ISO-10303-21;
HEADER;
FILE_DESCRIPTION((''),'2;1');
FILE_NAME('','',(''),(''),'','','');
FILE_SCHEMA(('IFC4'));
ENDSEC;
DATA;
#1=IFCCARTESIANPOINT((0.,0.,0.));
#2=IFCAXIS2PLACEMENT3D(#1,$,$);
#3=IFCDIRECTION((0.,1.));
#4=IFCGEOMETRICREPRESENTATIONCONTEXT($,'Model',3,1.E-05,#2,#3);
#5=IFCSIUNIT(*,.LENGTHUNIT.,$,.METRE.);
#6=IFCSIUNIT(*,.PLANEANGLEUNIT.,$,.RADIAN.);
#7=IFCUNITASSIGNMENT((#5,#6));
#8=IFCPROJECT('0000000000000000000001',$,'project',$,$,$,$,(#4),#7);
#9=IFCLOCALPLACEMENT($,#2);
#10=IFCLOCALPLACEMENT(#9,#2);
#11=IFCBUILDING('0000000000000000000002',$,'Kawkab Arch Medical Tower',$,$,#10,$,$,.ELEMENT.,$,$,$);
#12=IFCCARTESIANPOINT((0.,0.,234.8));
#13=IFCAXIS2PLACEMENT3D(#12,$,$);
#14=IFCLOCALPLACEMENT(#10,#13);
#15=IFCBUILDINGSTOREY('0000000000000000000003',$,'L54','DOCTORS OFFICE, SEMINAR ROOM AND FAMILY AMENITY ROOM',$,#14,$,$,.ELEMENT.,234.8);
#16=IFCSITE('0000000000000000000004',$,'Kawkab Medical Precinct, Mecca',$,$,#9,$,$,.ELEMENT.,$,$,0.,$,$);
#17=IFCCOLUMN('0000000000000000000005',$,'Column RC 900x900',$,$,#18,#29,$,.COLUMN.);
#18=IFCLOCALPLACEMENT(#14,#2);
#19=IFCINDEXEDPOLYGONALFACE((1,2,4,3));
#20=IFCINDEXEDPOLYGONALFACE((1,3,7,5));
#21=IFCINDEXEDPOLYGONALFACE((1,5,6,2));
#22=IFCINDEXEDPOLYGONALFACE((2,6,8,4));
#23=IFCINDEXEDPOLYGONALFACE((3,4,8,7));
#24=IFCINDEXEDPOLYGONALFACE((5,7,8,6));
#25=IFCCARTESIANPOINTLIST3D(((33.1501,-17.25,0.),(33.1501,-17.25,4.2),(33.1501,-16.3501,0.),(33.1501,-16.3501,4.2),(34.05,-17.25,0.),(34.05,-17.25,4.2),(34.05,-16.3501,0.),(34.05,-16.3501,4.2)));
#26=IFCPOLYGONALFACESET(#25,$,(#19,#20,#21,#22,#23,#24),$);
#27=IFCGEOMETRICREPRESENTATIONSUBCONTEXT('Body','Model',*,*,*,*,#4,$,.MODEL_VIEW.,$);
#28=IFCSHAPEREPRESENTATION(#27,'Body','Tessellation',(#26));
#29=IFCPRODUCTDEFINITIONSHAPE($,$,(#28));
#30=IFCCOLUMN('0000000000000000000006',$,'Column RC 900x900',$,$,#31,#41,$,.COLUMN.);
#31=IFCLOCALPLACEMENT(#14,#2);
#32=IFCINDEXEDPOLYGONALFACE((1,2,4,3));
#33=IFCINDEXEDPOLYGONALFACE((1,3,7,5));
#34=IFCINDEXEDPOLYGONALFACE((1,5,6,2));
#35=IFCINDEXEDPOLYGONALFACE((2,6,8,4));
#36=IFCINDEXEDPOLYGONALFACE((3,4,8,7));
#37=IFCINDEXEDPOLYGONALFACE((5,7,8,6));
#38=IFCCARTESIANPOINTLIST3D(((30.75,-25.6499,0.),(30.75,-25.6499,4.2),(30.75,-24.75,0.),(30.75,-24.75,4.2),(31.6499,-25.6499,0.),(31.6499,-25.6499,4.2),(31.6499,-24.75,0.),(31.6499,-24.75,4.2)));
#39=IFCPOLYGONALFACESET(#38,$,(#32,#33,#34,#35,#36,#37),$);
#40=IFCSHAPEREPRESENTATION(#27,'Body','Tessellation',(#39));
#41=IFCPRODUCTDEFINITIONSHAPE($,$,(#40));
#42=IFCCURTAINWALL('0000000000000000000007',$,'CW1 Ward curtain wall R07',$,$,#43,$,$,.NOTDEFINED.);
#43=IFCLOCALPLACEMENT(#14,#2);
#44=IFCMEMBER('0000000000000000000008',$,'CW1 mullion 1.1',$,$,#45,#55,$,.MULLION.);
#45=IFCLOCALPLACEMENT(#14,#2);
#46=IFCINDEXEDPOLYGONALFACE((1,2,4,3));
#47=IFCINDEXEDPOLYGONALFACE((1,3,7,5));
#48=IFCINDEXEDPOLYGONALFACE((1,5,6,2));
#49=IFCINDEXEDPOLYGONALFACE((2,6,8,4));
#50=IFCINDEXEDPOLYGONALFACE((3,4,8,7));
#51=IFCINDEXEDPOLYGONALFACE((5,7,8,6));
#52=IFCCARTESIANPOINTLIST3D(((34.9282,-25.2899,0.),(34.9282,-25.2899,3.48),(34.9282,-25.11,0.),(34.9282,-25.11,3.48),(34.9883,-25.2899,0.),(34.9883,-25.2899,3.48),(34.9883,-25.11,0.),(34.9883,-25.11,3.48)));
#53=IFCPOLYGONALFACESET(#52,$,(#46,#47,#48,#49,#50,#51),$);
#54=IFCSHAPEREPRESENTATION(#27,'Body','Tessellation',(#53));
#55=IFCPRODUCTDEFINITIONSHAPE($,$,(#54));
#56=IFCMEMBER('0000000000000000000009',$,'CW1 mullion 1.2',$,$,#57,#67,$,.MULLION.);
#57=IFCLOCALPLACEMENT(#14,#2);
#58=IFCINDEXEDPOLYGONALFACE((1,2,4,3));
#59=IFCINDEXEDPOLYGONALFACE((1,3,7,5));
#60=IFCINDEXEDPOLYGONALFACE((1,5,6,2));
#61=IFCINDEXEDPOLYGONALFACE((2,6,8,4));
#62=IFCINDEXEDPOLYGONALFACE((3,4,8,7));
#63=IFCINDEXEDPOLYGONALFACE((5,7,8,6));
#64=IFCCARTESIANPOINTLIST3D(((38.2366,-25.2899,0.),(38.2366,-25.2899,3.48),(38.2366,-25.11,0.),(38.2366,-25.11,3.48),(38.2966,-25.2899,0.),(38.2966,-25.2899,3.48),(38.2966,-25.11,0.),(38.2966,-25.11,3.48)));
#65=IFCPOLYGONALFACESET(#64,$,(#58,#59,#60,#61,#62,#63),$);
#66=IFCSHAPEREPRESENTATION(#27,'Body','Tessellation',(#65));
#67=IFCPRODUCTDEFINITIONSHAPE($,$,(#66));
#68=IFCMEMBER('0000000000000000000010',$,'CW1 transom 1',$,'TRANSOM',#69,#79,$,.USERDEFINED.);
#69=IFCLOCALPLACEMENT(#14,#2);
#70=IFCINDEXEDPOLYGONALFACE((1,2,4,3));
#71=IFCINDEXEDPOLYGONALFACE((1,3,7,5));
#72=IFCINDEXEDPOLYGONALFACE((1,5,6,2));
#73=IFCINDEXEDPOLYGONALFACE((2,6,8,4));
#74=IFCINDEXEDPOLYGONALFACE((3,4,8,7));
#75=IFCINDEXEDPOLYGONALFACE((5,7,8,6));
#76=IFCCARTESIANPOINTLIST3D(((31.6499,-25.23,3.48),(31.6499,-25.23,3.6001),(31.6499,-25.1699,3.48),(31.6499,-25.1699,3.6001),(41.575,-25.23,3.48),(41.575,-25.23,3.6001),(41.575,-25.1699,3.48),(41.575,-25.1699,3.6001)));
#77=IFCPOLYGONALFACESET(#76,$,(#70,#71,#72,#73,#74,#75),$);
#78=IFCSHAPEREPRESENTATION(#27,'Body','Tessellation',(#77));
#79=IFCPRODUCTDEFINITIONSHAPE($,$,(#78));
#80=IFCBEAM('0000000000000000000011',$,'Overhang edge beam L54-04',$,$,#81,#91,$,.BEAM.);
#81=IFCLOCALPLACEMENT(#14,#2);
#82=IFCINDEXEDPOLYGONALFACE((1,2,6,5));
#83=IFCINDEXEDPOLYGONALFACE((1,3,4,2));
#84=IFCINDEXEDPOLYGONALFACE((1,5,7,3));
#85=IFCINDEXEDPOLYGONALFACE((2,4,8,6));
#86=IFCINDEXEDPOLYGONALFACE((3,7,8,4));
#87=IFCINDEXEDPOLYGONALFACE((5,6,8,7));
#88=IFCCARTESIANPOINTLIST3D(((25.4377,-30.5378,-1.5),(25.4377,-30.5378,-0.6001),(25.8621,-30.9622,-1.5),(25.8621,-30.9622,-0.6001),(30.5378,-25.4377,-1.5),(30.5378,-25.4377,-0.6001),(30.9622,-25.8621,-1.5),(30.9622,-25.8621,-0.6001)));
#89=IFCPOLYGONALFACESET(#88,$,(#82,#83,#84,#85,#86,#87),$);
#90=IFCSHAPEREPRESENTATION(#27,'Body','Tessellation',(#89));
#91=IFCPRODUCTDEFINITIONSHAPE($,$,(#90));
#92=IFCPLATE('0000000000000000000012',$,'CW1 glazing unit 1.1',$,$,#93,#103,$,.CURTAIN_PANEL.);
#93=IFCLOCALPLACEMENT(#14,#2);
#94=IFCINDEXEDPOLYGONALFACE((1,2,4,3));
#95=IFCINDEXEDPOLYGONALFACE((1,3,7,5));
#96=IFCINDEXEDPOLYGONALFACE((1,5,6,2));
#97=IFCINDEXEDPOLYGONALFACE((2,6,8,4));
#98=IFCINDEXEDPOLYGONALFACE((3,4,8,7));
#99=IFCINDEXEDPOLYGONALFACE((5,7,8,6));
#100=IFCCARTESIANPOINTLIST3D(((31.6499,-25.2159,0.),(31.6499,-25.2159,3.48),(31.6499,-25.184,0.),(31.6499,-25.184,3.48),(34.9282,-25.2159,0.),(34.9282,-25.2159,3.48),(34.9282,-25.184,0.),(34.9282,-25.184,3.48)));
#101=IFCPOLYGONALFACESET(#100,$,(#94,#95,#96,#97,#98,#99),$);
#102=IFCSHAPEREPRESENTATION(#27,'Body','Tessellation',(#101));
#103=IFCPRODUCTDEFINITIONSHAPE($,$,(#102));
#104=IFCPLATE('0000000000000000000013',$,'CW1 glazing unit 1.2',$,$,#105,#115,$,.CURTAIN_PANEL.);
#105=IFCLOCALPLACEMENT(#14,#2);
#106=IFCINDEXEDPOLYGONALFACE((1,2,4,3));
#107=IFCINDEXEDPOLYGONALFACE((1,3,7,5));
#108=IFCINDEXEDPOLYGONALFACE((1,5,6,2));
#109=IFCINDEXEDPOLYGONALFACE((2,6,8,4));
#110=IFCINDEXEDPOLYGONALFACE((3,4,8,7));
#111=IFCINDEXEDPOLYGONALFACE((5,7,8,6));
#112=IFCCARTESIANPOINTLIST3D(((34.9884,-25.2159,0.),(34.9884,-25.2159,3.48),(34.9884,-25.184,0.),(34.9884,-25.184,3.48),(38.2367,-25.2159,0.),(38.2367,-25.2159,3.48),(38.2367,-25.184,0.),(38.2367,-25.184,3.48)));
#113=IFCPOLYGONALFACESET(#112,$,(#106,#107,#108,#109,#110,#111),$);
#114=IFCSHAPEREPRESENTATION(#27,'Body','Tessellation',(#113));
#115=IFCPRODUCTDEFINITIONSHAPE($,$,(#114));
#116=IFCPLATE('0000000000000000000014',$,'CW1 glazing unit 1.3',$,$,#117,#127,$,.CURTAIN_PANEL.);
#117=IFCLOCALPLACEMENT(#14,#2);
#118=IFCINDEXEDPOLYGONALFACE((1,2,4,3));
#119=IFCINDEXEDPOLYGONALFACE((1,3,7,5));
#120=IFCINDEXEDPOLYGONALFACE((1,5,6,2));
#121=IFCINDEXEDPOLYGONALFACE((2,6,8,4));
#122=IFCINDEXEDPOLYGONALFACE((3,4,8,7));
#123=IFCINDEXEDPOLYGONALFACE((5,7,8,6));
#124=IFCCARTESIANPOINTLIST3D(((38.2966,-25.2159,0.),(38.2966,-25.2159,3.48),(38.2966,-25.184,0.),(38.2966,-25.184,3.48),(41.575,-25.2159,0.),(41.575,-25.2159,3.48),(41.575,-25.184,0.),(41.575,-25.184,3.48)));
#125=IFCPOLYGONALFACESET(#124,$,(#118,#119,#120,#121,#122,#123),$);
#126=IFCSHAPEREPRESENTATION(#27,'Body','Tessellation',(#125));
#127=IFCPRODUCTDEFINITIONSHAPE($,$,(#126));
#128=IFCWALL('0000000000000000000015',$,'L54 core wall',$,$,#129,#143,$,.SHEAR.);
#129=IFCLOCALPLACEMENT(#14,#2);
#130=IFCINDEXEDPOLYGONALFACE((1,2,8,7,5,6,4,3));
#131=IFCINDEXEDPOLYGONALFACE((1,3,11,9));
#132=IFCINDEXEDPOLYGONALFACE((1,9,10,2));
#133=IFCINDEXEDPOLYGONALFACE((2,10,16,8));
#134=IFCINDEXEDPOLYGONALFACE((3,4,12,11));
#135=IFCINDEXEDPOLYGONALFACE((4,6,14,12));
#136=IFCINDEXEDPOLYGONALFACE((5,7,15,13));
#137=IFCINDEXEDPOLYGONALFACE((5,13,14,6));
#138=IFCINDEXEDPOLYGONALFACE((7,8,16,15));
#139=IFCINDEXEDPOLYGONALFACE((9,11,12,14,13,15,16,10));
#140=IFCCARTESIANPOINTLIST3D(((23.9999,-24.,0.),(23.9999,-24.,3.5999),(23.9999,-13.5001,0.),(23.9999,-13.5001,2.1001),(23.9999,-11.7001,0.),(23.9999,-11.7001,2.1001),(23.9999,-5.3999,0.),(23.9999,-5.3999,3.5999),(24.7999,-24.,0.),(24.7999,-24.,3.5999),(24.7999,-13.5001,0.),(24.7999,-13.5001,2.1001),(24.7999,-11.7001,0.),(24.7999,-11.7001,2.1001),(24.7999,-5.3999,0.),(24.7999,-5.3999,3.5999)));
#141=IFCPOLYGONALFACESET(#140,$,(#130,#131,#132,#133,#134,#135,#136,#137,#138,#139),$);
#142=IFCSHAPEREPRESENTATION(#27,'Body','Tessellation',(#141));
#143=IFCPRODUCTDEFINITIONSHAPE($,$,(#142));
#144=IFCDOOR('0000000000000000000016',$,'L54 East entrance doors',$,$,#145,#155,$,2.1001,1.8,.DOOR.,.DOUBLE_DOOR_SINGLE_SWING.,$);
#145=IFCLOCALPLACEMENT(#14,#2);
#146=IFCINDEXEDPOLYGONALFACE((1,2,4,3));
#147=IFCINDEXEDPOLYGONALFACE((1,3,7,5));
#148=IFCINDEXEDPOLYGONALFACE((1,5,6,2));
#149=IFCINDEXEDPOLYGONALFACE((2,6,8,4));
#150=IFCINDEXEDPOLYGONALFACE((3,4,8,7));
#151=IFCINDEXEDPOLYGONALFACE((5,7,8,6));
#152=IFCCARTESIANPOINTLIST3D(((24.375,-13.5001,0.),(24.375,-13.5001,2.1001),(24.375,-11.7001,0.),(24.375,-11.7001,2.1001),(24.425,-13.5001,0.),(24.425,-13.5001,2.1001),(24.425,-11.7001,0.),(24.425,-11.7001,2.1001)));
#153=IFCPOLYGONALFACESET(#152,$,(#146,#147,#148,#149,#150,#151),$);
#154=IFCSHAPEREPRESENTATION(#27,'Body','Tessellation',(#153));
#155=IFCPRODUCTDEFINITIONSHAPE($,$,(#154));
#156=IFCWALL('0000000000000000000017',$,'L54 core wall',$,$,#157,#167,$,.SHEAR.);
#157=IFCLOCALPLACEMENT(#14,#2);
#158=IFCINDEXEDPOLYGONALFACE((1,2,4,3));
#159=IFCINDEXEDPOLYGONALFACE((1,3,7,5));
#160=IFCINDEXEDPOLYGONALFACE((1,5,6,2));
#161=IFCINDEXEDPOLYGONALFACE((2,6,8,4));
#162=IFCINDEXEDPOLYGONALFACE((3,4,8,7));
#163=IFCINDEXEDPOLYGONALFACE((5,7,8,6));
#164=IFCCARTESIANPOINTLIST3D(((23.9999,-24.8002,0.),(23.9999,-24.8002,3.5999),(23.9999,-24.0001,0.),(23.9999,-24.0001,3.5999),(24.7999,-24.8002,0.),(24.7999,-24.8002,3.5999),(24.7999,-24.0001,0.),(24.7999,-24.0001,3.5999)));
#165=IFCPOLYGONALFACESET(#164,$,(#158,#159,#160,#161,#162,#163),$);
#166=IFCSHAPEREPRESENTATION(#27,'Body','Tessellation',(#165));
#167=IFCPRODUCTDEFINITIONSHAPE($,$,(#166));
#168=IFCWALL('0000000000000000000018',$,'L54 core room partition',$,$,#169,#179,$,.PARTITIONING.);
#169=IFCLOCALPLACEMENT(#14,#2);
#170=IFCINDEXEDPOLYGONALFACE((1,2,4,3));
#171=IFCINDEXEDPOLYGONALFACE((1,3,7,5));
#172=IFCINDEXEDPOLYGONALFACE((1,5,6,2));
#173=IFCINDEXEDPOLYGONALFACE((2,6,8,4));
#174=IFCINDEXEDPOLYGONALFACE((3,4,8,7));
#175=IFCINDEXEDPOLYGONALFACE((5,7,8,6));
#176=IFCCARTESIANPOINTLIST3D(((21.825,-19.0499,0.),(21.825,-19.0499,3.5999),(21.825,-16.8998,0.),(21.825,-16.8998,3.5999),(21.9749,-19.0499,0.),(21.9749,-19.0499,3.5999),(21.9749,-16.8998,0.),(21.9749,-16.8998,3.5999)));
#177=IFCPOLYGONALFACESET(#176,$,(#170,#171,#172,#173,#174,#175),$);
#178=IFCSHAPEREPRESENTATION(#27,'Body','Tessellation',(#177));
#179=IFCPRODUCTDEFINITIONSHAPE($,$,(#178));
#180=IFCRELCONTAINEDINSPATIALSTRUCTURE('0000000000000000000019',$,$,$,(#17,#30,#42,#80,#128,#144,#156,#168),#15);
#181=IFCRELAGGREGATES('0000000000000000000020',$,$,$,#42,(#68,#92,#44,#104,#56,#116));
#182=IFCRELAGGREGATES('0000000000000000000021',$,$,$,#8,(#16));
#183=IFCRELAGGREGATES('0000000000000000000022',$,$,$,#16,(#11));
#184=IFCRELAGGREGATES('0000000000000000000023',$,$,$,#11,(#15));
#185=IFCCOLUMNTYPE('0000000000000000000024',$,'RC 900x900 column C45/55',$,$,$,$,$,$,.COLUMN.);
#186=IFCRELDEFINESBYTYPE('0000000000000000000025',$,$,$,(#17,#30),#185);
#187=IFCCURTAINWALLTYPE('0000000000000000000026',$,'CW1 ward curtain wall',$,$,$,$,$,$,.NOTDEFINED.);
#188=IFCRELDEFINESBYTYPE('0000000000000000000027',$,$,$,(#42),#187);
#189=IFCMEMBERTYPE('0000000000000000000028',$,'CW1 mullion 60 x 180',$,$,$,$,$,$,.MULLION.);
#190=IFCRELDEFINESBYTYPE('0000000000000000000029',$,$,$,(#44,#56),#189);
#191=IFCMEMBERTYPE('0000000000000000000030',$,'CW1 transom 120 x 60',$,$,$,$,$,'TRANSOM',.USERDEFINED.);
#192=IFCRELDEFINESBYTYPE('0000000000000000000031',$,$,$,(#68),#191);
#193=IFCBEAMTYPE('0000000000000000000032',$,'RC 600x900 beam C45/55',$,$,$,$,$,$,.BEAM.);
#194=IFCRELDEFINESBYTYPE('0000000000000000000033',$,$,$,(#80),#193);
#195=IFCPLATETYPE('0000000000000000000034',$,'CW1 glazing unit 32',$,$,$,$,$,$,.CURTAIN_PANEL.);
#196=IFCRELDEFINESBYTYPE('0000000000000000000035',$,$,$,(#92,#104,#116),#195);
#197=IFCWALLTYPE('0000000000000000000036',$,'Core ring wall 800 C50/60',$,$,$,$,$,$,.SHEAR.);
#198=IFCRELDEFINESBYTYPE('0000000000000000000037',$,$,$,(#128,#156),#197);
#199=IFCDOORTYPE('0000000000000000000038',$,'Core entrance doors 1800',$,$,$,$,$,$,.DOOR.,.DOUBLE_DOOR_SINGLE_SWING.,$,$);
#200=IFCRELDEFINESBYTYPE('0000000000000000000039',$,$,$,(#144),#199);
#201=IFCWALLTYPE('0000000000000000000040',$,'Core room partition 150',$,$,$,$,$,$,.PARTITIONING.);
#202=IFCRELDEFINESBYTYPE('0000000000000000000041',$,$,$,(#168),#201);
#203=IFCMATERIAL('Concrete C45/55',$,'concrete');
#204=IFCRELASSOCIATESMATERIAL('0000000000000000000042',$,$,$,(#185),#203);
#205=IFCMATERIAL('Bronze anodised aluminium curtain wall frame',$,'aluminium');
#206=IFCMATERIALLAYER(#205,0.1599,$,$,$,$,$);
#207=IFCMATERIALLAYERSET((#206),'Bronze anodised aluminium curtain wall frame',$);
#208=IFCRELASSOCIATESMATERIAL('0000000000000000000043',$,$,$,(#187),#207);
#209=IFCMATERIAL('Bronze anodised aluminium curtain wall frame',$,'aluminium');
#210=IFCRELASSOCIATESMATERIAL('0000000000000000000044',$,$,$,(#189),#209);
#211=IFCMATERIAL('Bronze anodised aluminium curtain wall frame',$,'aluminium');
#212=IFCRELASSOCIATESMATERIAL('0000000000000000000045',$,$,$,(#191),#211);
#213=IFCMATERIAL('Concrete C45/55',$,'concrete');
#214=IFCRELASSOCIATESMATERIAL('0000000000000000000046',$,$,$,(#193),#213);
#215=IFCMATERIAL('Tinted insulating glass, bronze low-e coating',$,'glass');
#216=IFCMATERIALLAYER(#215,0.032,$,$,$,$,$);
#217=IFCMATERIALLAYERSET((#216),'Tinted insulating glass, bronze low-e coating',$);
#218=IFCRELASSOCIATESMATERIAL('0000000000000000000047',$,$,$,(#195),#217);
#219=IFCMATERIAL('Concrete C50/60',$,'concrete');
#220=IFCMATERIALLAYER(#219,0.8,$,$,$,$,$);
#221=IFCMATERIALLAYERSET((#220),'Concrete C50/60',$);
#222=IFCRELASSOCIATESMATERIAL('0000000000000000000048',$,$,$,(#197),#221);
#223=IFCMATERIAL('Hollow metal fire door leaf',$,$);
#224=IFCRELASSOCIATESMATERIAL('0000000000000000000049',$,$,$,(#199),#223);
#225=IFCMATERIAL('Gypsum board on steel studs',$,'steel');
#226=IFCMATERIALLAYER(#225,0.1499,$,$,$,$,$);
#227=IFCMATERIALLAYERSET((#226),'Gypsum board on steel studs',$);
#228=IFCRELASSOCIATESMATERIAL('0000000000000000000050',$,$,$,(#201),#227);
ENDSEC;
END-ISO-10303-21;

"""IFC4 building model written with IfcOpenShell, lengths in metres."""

from ifc_helpers import new_model, si_unit, direction, frame, frame_2d, origin, origin_2d, place, context, subcontext, project, spatial, rectangle, extrude, material, layer, layer_set, material_profile, profile_set, type_object, element, fill, aggregate, save


model = new_model("IFC4")

# Units and contexts
model_context = context("Model", 3, precision=1e-05, world=origin(), true_north=direction((0.0, 1.0)))
body_context = subcontext(model_context, "Body", "Model", "MODEL_VIEW")
ifc_project = project(units=[si_unit("LENGTHUNIT", "METRE"), si_unit("PLANEANGLEUNIT", "RADIAN")], contexts=[model_context])

# Site, building, storey
site_placement = place(None, origin())
site = spatial("IfcSite", under=ifc_project, at=site_placement, Name="Kawkab Medical Precinct, Mecca", CompositionType="ELEMENT", RefElevation=0.0)
building_placement = place(site_placement, origin())
building = spatial("IfcBuilding", under=site, at=building_placement, Name="Kawkab Arch Medical Tower", CompositionType="ELEMENT")
storey_placement = place(building_placement, frame((0.0, 0.0, 234.8)))
storey = spatial("IfcBuildingStorey", under=building, at=storey_placement, Name="L54", Description="DOCTORS OFFICE, SEMINAR ROOM AND FAMILY AMENITY ROOM", CompositionType="ELEMENT", Elevation=234.8)

# Columns
ifc_material_1 = material(Name="Concrete C45/55", Category="concrete")
ifc_material_profile_1 = material_profile(ifc_material_1, rectangle(XDim=0.8999, YDim=0.8999, at=origin_2d()), Name="RC 900x900")
ifc_profile_set_1 = profile_set([ifc_material_profile_1], Name="Concrete C45/55")
column_type = type_object("IfcColumnType", Name="RC 900x900 column C45/55", PredefinedType="COLUMN", material=ifc_profile_set_1)
for number, where, z_axis, x_axis, name in (
    (1, (33.6001, -16.8, 0.0), (0.0, 0.0, 1.0), (1.0, 0.0, 0.0), "Column RC 900x900"),
    (2, (31.2, -25.2, 0.0), (0.0, 0.0, 1.0), (1.0, 0.0, 0.0), "Column RC 900x900"),
):
    element("IfcColumn", number, at=place(storey_placement, frame(where, z_axis=z_axis, x_axis=x_axis)), inside=storey, type_object=column_type, Name=name, PredefinedType="COLUMN", context=body_context, shape_type="SweptSolid", body=[
        extrude(rectangle(XDim=0.8999, YDim=0.8999, at=origin_2d()), origin(), (0.0, 0.0, 1.0), 4.2),
    ])

# Curtain wall, members
ifc_material_2 = material(Name="Bronze anodised aluminium curtain wall frame", Category="aluminium")
ifc_layer_1 = layer(ifc_material_2, 0.1599)
ifc_layer_set_1 = layer_set([ifc_layer_1], Name="Bronze anodised aluminium curtain wall frame")
curtain_wall_type = type_object("IfcCurtainWallType", Name="CW1 ward curtain wall", PredefinedType="NOTDEFINED", material=ifc_layer_set_1)
curtain_wall_placement = place(storey_placement, origin())
curtain_wall = element("IfcCurtainWall", 3, at=curtain_wall_placement, inside=storey, type_object=curtain_wall_type, Name="CW1 Ward curtain wall R07", PredefinedType="NOTDEFINED")
ifc_material_3 = material(Name="Bronze anodised aluminium curtain wall frame", Category="aluminium")
ifc_material_profile_2 = material_profile(ifc_material_3, rectangle(XDim=0.1799, YDim=0.0601, at=origin_2d()), Name="AL 60x180")
ifc_profile_set_2 = profile_set([ifc_material_profile_2], Name="Bronze anodised aluminium curtain wall frame")
member_type_1 = type_object("IfcMemberType", Name="CW1 mullion 60 x 180", PredefinedType="MULLION", material=ifc_profile_set_2)
member_1_placement = place(storey_placement, frame((34.9583, -25.2, 0.0), z_axis=(0.0, 0.0, 1.0), x_axis=(0.0, 1.0, 0.0)))
member_1 = element("IfcMember", 4, at=member_1_placement, type_object=member_type_1, Name="CW1 mullion 1.1", PredefinedType="MULLION", context=body_context, shape_type="SweptSolid", body=[
    extrude(rectangle(XDim=0.1799, YDim=0.0601, at=origin_2d()), origin(), (0.0, 0.0, 1.0), 3.48),
])
member_2_placement = place(storey_placement, frame((38.2666, -25.2, 0.0), z_axis=(0.0, 0.0, 1.0), x_axis=(0.0, 1.0, 0.0)))
member_2 = element("IfcMember", 5, at=member_2_placement, type_object=member_type_1, Name="CW1 mullion 1.2", PredefinedType="MULLION", context=body_context, shape_type="SweptSolid", body=[
    extrude(rectangle(XDim=0.1799, YDim=0.0601, at=origin_2d()), origin(), (0.0, 0.0, 1.0), 3.48),
])
ifc_material_4 = material(Name="Bronze anodised aluminium curtain wall frame", Category="aluminium")
ifc_material_profile_3 = material_profile(ifc_material_4, rectangle(XDim=0.0601, YDim=0.1201, at=origin_2d()), Name="AL 60x120")
ifc_profile_set_3 = profile_set([ifc_material_profile_3], Name="Bronze anodised aluminium curtain wall frame")
member_type_2 = type_object("IfcMemberType", Name="CW1 transom 120 x 60", ElementType="TRANSOM", PredefinedType="USERDEFINED", material=ifc_profile_set_3)
member_3_placement = place(storey_placement, frame((31.6499, -25.2, 3.54), z_axis=(1.0, 0.0, 0.0), x_axis=(0.0, 1.0, 0.0)))
member_3 = element("IfcMember", 6, at=member_3_placement, type_object=member_type_2, Name="CW1 transom 1", ObjectType="TRANSOM", PredefinedType="USERDEFINED", context=body_context, shape_type="SweptSolid", body=[
    extrude(rectangle(XDim=0.0601, YDim=0.1201, at=origin_2d()), origin(), (0.0, 0.0, 1.0), 9.925),
])

# Beam
ifc_material_5 = material(Name="Concrete C45/55", Category="concrete")
ifc_material_profile_4 = material_profile(ifc_material_5, rectangle(XDim=0.6001, YDim=0.8999, at=origin_2d()), Name="RC 600x900")
ifc_profile_set_4 = profile_set([ifc_material_profile_4], Name="Concrete C45/55")
beam_type = type_object("IfcBeamType", Name="RC 600x900 beam C45/55", PredefinedType="BEAM", material=ifc_profile_set_4)
beam_placement = place(storey_placement, frame((30.75, -25.6499, -1.05), z_axis=(-0.707107, -0.707107, 0.0), x_axis=(0.707107, -0.707107, 0.0)))
element("IfcBeam", 7, at=beam_placement, inside=storey, type_object=beam_type, Name="Overhang edge beam L54-04", PredefinedType="BEAM", context=body_context, shape_type="SweptSolid", body=[
    extrude(rectangle(XDim=0.6001, YDim=0.8999, at=origin_2d()), origin(), (0.0, 0.0, 1.0), 7.2126),
])

# Plates
ifc_material_6 = material(Name="Tinted insulating glass, bronze low-e coating", Category="glass")
ifc_layer_2 = layer(ifc_material_6, 0.032)
ifc_layer_set_2 = layer_set([ifc_layer_2], Name="Tinted insulating glass, bronze low-e coating")
plate_type = type_object("IfcPlateType", Name="CW1 glazing unit 32", PredefinedType="CURTAIN_PANEL", material=ifc_layer_set_2)
plate_1_placement = place(storey_placement, frame((33.2891, -25.2, 0.0), z_axis=(0.0, 0.0, 1.0), x_axis=(1.0, 0.0, 0.0)))
plate_1 = element("IfcPlate", 8, at=plate_1_placement, type_object=plate_type, Name="CW1 glazing unit 1.1", PredefinedType="CURTAIN_PANEL", context=body_context, shape_type="SweptSolid", body=[
    extrude(rectangle(XDim=3.2783, YDim=0.032, at=origin_2d()), origin(), (0.0, 0.0, 1.0), 3.48),
])
plate_2_placement = place(storey_placement, frame((36.6125, -25.2, 0.0), z_axis=(0.0, 0.0, 1.0), x_axis=(1.0, 0.0, 0.0)))
plate_2 = element("IfcPlate", 9, at=plate_2_placement, type_object=plate_type, Name="CW1 glazing unit 1.2", PredefinedType="CURTAIN_PANEL", context=body_context, shape_type="SweptSolid", body=[
    extrude(rectangle(XDim=3.2483, YDim=0.032, at=origin_2d()), origin(), (0.0, 0.0, 1.0), 3.48),
])
plate_3_placement = place(storey_placement, frame((39.9358, -25.2, 0.0), z_axis=(0.0, 0.0, 1.0), x_axis=(1.0, 0.0, 0.0)))
plate_3 = element("IfcPlate", 10, at=plate_3_placement, type_object=plate_type, Name="CW1 glazing unit 1.3", PredefinedType="CURTAIN_PANEL", context=body_context, shape_type="SweptSolid", body=[
    extrude(rectangle(XDim=3.2783, YDim=0.032, at=origin_2d()), origin(), (0.0, 0.0, 1.0), 3.48),
])
aggregate(curtain_wall, [member_3, plate_1, member_1, plate_2, member_2, plate_3])

# Wall, opening, door
ifc_material_7 = material(Name="Concrete C50/60", Category="concrete")
ifc_layer_3 = layer(ifc_material_7, 0.8)
ifc_layer_set_3 = layer_set([ifc_layer_3], Name="Concrete C50/60")
wall_type_1 = type_object("IfcWallType", Name="Core ring wall 800 C50/60", PredefinedType="SHEAR", material=ifc_layer_set_3)
wall_1_placement = place(storey_placement, frame((24.3999, -24.0, 0.0), z_axis=(0.0, 0.0, 1.0), x_axis=(0.0, 1.0, 0.0)))
wall_1 = element("IfcWall", 11, at=wall_1_placement, inside=storey, type_object=wall_type_1, Name="L54 core wall", PredefinedType="SHEAR", context=body_context, shape_type="SweptSolid", body=[
    extrude(rectangle(XDim=18.6001, YDim=0.8, at=frame_2d((9.3, 0.0))), origin(), (0.0, 0.0, 1.0), 3.5999),
])
opening_1_placement = place(wall_1_placement, frame((10.5, 0.0, 0.0)))
opening_1 = element("IfcOpeningElement", 12, at=opening_1_placement, cuts=wall_1, PredefinedType="OPENING", context=body_context, shape_type="SweptSolid", body=[
    extrude(rectangle(XDim=1.8, YDim=2.1001, at=frame_2d((0.8999, 1.05))), frame((0.0, 0.4099, 0.0), z_axis=(0.0, -1.0, 0.0), x_axis=(1.0, 0.0, 0.0)), (0.0, 0.0, 1.0), 0.8201),
])
ifc_material_8 = material(Name="Hollow metal fire door leaf")
door_type_1 = type_object("IfcDoorType", Name="Core entrance doors 1800", OperationType="DOUBLE_DOOR_SINGLE_SWING", PredefinedType="DOOR", material=ifc_material_8)
door_1_placement = place(opening_1_placement, origin())
door_1 = element("IfcDoor", 13, at=door_1_placement, inside=storey, type_object=door_type_1, Name="L54 East entrance doors", OperationType="DOUBLE_DOOR_SINGLE_SWING", OverallHeight=2.1001, OverallWidth=1.8, PredefinedType="DOOR", context=body_context, shape_type="SweptSolid", body=[
    extrude(rectangle(XDim=1.8, YDim=2.1001, at=frame_2d((0.8999, 1.05))), frame((0.0, 0.0249, 0.0), z_axis=(0.0, -1.0, 0.0), x_axis=(1.0, 0.0, 0.0)), (0.0, 0.0, 1.0), 0.05),
])
fill(opening_1, door_1)

# Walls
wall_2_placement = place(storey_placement, frame((24.3999, -24.8, 0.0), z_axis=(0.0, 0.0, 1.0), x_axis=(0.0, 1.0, 0.0)))
element("IfcWall", 14, at=wall_2_placement, inside=storey, type_object=wall_type_1, Name="L54 core wall", PredefinedType="SHEAR", context=body_context, shape_type="SweptSolid", body=[
    extrude(rectangle(XDim=0.8, YDim=0.8, at=frame_2d((0.3999, 0.0))), origin(), (0.0, 0.0, 1.0), 3.5999),
])
ifc_material_9 = material(Name="Gypsum board on steel studs", Category="steel")
ifc_layer_4 = layer(ifc_material_9, 0.1499)
ifc_layer_set_4 = layer_set([ifc_layer_4], Name="Gypsum board on steel studs")
wall_type_2 = type_object("IfcWallType", Name="Core room partition 150", PredefinedType="PARTITIONING", material=ifc_layer_set_4)
wall_3_placement = place(storey_placement, frame((21.8999, -19.05, 0.0), z_axis=(0.0, 0.0, 1.0), x_axis=(0.0, 1.0, 0.0)))
element("IfcWall", 15, at=wall_3_placement, inside=storey, type_object=wall_type_2, Name="L54 core room partition", PredefinedType="PARTITIONING", context=body_context, shape_type="SweptSolid", body=[
    extrude(rectangle(XDim=2.1501, YDim=0.1499, at=frame_2d((1.0752, 0.0))), origin(), (0.0, 0.0, 1.0), 3.5999),
])

save(model, "model.ifc")
